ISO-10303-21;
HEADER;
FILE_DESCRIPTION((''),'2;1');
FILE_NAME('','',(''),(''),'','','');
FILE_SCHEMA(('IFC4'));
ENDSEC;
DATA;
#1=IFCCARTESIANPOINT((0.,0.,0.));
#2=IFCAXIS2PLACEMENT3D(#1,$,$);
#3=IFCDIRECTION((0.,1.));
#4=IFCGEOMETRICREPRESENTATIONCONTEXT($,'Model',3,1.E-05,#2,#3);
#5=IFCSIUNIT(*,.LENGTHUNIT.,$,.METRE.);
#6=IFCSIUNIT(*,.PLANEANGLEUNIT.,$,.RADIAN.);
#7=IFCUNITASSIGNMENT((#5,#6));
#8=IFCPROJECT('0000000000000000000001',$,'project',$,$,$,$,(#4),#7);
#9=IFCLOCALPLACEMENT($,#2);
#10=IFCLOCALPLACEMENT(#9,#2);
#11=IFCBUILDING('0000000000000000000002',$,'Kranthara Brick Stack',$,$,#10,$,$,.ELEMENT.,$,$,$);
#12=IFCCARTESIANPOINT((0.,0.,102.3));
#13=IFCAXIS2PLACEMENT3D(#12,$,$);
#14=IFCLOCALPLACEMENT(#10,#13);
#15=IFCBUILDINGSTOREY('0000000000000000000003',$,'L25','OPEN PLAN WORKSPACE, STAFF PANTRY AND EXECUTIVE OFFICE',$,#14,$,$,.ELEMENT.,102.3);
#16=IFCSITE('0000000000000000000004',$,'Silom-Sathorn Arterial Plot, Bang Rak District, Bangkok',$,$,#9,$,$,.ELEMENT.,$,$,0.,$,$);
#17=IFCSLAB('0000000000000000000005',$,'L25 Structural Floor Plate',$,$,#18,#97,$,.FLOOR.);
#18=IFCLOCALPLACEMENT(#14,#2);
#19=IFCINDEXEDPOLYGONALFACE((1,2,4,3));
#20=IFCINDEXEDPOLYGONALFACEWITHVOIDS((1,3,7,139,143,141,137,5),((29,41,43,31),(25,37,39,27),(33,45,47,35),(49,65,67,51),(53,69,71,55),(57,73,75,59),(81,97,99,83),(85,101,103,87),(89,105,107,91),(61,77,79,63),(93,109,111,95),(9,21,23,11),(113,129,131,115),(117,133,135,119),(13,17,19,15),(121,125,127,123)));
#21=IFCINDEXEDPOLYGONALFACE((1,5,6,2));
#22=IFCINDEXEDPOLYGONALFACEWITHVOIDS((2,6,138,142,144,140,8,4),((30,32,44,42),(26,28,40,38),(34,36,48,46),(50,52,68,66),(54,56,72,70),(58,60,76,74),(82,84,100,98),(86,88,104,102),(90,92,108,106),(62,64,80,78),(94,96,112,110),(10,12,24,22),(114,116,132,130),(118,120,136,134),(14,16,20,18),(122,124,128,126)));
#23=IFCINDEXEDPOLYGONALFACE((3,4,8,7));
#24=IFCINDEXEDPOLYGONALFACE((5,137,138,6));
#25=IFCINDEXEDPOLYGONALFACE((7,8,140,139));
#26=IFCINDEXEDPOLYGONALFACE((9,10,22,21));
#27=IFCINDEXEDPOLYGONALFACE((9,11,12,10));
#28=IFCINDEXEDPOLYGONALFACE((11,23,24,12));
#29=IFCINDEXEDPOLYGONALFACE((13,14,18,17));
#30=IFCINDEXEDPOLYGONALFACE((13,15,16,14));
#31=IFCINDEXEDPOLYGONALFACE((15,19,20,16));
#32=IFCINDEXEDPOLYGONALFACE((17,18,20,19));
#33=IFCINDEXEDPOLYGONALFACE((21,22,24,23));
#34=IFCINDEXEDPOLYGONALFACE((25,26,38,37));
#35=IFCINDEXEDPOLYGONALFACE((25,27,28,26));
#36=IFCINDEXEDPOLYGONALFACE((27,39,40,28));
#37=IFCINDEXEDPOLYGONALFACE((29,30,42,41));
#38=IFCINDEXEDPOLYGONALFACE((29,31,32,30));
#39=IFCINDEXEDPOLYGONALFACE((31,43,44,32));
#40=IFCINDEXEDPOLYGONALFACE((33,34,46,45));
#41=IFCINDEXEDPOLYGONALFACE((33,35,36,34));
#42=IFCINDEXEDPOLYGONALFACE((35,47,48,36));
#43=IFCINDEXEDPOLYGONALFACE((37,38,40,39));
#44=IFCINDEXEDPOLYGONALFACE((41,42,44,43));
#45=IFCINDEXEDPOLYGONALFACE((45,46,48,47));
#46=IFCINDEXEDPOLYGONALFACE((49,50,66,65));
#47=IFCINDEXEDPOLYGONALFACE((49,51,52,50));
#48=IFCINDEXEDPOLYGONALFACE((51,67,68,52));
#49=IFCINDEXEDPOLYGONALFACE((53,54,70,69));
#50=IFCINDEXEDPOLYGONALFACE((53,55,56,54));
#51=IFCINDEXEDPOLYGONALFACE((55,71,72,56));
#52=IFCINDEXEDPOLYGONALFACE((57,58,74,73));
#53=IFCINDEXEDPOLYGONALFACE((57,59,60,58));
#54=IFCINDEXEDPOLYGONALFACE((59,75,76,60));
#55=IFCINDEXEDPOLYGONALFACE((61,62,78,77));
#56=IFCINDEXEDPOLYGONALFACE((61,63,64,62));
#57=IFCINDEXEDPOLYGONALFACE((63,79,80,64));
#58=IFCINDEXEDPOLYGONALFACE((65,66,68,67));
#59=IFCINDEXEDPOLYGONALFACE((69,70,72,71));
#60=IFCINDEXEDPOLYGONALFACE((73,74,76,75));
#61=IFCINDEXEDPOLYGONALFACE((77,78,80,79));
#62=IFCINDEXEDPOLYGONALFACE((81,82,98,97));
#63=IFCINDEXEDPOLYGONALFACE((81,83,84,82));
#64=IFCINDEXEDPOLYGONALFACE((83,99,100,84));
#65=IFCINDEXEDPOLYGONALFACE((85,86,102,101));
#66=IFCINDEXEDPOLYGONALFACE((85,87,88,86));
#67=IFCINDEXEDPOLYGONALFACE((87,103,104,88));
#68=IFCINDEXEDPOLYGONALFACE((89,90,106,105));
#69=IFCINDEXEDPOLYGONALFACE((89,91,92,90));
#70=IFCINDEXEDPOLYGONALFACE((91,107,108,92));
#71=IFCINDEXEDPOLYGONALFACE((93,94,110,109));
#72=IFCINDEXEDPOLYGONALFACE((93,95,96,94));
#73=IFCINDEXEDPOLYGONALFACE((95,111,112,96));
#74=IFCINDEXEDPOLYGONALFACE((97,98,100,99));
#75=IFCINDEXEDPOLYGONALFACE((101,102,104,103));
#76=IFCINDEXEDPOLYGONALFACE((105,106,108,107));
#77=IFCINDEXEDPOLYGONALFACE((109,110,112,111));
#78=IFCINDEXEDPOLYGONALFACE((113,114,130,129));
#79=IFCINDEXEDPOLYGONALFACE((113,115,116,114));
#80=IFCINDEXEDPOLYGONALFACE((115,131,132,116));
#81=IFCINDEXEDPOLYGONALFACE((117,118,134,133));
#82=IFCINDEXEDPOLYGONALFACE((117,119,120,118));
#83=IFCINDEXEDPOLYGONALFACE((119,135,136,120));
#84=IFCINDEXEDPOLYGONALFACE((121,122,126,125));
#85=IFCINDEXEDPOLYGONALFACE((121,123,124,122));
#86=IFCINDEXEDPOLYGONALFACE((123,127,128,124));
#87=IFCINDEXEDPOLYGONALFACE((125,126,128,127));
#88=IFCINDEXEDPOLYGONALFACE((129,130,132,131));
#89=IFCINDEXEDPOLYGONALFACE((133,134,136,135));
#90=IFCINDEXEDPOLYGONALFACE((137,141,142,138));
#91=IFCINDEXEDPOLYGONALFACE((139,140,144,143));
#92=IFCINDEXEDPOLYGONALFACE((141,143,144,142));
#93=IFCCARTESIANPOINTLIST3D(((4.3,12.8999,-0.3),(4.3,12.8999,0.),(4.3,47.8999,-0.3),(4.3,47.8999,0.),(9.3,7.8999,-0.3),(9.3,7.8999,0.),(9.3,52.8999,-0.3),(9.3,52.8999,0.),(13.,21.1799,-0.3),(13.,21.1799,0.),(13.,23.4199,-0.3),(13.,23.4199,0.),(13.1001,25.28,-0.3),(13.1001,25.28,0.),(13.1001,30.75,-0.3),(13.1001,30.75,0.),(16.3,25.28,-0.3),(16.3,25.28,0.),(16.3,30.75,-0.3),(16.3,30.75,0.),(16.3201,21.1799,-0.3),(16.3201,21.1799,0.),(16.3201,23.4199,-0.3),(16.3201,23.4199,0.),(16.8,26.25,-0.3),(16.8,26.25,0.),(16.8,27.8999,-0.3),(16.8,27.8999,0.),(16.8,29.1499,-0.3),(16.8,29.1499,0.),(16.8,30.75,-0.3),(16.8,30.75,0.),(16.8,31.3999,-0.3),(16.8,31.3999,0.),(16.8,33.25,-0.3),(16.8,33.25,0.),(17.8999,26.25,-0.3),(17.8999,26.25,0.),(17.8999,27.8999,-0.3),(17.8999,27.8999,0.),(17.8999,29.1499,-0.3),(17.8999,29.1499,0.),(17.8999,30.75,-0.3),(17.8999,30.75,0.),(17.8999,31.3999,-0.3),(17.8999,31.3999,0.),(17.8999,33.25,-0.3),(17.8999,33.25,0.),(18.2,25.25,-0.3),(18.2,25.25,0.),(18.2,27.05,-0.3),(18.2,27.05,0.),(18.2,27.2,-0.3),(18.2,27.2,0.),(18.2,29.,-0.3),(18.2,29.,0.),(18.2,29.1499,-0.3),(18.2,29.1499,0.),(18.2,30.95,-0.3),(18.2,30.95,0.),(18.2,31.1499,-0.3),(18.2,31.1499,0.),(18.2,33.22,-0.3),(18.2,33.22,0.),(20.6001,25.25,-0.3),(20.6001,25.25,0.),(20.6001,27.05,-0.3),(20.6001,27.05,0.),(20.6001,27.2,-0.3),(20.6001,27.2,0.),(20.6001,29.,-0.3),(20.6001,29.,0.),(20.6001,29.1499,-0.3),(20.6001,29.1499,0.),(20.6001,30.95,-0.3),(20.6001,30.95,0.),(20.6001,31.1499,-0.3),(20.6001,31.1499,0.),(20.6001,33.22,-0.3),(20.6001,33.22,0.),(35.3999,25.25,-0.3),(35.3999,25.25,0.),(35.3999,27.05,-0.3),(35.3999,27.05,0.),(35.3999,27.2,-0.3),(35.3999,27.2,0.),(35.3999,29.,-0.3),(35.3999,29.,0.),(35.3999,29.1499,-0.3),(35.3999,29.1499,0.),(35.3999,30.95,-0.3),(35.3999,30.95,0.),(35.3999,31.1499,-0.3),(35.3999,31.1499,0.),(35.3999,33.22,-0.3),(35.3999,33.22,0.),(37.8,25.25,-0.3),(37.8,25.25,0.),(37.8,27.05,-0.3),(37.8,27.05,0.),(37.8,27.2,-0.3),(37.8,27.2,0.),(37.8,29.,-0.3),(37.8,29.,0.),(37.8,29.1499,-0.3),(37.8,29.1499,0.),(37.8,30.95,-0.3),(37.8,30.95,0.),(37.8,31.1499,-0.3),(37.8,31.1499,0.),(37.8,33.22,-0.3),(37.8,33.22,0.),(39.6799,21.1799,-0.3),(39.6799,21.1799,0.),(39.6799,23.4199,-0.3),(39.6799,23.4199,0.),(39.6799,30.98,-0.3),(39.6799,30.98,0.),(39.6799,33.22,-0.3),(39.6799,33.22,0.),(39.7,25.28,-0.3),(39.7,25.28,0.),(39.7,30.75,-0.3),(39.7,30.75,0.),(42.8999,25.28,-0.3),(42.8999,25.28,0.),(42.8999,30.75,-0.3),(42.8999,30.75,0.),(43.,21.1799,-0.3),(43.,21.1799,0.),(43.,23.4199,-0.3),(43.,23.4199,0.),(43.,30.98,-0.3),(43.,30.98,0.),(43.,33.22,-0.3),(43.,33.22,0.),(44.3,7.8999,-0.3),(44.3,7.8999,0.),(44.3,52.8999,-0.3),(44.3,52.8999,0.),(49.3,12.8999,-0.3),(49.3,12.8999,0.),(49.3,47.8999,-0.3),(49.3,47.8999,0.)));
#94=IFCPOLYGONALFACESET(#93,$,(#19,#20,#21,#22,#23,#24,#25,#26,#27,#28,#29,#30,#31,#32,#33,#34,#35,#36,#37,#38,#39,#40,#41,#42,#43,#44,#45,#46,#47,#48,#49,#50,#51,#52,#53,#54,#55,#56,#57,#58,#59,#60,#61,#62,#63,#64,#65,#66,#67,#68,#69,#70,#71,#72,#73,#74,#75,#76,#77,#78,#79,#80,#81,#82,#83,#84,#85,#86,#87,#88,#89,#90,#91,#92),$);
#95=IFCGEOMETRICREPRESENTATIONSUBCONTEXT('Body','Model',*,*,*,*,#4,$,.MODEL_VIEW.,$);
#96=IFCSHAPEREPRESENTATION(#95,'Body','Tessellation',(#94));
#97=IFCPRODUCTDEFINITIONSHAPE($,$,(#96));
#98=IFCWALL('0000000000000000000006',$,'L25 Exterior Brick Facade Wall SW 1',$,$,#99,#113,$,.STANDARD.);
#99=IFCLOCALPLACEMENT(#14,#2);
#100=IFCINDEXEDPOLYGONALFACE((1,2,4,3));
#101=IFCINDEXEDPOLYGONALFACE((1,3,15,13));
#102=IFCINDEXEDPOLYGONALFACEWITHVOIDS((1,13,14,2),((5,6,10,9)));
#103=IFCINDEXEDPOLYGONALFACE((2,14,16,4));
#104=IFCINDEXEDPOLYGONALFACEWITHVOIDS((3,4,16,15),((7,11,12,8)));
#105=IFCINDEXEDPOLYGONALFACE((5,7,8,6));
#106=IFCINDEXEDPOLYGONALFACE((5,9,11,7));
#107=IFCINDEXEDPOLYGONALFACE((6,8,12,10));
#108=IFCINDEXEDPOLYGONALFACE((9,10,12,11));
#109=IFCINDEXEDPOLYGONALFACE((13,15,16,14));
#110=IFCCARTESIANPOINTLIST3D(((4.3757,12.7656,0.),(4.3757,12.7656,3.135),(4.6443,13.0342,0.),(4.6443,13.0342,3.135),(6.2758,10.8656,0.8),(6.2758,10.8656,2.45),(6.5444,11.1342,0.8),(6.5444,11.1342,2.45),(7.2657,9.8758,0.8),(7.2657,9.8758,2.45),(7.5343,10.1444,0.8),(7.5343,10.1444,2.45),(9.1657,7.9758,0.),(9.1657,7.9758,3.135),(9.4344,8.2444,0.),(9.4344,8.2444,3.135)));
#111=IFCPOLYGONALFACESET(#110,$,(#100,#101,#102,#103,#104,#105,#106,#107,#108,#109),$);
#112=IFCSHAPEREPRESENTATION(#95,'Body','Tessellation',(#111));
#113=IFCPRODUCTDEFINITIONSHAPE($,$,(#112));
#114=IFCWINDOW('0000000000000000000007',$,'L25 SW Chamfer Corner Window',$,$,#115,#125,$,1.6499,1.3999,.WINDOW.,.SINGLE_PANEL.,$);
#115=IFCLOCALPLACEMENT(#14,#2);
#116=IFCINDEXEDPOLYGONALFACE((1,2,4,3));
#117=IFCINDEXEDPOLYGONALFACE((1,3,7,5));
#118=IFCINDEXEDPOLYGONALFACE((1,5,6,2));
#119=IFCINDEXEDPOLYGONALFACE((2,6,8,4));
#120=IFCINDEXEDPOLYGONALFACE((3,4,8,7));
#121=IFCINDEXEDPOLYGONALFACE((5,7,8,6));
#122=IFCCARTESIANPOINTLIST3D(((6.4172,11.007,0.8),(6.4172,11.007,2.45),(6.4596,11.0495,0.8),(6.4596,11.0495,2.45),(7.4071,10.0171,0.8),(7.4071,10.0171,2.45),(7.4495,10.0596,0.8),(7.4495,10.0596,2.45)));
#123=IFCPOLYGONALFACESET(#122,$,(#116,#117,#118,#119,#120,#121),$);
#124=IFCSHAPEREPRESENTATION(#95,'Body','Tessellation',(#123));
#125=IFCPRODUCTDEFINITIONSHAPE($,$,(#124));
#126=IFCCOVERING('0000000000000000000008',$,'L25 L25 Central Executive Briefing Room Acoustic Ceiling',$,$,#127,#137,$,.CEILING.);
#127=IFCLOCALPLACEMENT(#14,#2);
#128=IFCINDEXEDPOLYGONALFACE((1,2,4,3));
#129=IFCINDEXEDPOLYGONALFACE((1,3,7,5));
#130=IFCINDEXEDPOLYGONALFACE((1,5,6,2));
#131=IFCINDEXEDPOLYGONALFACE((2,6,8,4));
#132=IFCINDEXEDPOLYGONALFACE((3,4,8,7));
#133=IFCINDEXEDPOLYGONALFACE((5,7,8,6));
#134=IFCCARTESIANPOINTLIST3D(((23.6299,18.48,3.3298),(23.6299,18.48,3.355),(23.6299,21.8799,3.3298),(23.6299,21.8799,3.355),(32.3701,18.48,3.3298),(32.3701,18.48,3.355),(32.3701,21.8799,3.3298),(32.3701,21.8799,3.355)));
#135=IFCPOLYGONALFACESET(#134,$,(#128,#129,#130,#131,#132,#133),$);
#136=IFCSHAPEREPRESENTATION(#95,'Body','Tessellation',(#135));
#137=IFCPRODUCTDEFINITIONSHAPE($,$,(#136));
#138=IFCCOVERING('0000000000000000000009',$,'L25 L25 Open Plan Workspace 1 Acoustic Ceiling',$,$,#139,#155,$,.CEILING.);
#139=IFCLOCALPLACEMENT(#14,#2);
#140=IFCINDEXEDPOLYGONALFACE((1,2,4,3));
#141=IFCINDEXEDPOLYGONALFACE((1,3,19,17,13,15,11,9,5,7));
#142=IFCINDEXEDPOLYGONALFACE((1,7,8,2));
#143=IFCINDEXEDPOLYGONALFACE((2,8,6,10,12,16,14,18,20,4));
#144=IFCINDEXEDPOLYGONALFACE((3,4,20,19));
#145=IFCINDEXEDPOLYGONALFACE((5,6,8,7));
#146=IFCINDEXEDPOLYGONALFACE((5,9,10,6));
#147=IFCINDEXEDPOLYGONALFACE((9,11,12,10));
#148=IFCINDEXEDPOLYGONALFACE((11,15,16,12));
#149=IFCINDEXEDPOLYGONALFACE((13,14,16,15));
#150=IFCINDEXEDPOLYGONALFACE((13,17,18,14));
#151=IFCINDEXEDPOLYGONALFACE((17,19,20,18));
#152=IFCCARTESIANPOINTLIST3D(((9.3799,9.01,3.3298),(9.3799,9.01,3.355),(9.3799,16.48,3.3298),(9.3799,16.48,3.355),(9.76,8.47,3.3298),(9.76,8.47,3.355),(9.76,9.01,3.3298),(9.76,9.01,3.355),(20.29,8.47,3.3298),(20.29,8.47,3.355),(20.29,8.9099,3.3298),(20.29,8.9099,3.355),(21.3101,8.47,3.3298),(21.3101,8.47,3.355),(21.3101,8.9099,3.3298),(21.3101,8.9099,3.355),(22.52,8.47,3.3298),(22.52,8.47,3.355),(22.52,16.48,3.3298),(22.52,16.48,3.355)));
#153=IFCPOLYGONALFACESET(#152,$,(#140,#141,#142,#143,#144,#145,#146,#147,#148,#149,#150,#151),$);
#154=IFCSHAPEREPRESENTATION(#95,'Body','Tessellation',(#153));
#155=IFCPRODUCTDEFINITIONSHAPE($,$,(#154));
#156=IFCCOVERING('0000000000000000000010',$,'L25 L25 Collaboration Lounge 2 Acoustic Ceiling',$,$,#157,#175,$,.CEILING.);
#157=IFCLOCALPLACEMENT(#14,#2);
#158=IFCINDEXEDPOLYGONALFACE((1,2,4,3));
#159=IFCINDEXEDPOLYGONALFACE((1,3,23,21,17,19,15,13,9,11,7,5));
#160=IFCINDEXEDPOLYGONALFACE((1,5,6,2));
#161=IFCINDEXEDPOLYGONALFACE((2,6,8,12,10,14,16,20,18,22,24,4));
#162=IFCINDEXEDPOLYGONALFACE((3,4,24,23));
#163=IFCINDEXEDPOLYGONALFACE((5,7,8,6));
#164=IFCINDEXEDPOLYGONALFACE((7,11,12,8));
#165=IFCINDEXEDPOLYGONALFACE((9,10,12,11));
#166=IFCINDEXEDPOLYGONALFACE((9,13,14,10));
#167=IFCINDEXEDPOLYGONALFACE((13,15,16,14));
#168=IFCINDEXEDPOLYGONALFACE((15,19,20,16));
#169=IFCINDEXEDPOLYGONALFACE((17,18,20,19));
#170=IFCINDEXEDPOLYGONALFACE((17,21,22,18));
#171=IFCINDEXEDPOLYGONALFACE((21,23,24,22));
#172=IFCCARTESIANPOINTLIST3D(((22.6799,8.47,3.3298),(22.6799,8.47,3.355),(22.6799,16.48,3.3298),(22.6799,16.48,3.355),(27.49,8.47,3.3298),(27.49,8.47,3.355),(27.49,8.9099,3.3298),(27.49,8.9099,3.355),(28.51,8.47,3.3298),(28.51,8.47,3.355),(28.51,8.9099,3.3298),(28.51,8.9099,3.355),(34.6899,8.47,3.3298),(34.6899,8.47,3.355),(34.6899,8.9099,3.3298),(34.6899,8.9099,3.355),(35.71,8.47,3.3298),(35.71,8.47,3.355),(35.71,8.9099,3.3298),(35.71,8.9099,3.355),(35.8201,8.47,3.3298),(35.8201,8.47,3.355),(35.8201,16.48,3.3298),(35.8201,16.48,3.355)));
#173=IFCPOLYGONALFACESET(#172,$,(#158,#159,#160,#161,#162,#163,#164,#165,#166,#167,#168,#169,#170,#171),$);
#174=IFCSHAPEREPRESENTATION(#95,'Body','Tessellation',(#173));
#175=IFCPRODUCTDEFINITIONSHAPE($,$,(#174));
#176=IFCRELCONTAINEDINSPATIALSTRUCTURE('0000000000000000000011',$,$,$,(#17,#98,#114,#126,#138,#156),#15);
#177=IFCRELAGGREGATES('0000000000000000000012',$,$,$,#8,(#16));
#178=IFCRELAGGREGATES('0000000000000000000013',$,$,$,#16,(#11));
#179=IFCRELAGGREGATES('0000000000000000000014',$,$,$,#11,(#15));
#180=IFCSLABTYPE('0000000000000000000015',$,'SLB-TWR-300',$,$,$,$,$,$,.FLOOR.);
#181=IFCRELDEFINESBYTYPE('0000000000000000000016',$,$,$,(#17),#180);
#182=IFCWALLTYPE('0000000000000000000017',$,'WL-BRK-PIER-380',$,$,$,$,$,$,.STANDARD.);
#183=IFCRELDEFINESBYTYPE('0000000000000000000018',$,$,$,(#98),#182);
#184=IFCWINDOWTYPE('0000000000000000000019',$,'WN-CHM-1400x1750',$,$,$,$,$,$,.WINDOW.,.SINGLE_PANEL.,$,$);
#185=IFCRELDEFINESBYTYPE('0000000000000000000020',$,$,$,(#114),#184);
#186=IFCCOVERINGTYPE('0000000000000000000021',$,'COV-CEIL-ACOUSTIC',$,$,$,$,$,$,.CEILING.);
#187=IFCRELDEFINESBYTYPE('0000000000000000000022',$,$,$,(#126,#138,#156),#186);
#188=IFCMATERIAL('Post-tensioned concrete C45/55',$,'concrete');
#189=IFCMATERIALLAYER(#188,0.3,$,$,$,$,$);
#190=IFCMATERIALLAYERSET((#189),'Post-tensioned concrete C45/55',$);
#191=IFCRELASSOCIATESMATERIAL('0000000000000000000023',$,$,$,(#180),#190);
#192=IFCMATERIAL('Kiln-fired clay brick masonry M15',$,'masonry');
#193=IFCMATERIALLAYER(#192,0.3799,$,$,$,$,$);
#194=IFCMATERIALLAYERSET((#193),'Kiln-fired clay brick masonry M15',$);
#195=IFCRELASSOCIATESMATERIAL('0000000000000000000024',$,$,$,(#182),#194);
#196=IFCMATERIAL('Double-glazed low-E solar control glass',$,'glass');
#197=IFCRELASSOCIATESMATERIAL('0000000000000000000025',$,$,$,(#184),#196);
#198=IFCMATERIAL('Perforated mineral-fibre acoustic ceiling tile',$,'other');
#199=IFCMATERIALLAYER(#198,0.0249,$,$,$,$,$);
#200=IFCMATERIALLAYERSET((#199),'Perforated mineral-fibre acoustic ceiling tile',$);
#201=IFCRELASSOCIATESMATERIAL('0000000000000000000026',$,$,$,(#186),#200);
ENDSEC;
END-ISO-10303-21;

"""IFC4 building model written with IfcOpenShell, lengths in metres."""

from ifc_helpers import new_model, si_unit, direction, frame, frame_2d, origin, place, context, subcontext, project, spatial, polyline, rectangle, outline, extrude, material, layer, layer_set, type_object, element, fill, save


model = new_model("IFC4")

# Units and contexts
model_context = context("Model", 3, precision=1e-05, world=origin(), true_north=direction((0.0, 1.0)))
body_context = subcontext(model_context, "Body", "Model", "MODEL_VIEW")
ifc_project = project(units=[si_unit("LENGTHUNIT", "METRE"), si_unit("PLANEANGLEUNIT", "RADIAN")], contexts=[model_context])

# Site, building, storey
site_placement = place(None, origin())
site = spatial("IfcSite", under=ifc_project, at=site_placement, Name="Silom-Sathorn Arterial Plot, Bang Rak District, Bangkok", CompositionType="ELEMENT", RefElevation=0.0)
building_placement = place(site_placement, origin())
building = spatial("IfcBuilding", under=site, at=building_placement, Name="Kranthara Brick Stack", CompositionType="ELEMENT")
storey_placement = place(building_placement, frame((0.0, 0.0, 102.3)))
storey = spatial("IfcBuildingStorey", under=building, at=storey_placement, Name="L25", Description="OPEN PLAN WORKSPACE, STAFF PANTRY AND EXECUTIVE OFFICE", CompositionType="ELEMENT", Elevation=102.3)

# Slab
ifc_material_1 = material(Name="Post-tensioned concrete C45/55", Category="concrete")
ifc_layer_1 = layer(ifc_material_1, 0.3)
ifc_layer_set_1 = layer_set([ifc_layer_1], Name="Post-tensioned concrete C45/55")
slab_type_1 = type_object("IfcSlabType", Name="SLB-TWR-300", PredefinedType="FLOOR", material=ifc_layer_set_1)
slab_1_placement = place(storey_placement, frame((0.0, 0.0, -0.3)))
element("IfcSlab", 1, at=slab_1_placement, inside=storey, type_object=slab_type_1, Name="L25 Structural Floor Plate", PredefinedType="FLOOR", context=body_context, shape_type="SweptSolid", body=[
    extrude(outline(polyline([(9.3, 7.8999), (44.3, 7.8999), (49.3, 12.8999), (49.3, 47.8999), (44.3, 52.8999), (9.3, 52.8999), (4.3, 47.8999), (4.3, 12.8999), (9.3, 7.8999)]), holes=[polyline([(13.1001, 25.28), (16.3, 25.28), (16.3, 30.75), (13.1001, 30.75), (13.1001, 25.28)]), polyline([(39.7, 25.28), (42.8999, 25.28), (42.8999, 30.75), (39.7, 30.75), (39.7, 25.28)]), polyline([(13.0, 21.1799), (16.3201, 21.1799), (16.3201, 23.4199), (13.0, 23.4199), (13.0, 21.1799)]), polyline([(39.6799, 21.1799), (43.0, 21.1799), (43.0, 23.4199), (39.6799, 23.4199), (39.6799, 21.1799)]), polyline([(39.6799, 30.98), (43.0, 30.98), (43.0, 33.22), (39.6799, 33.22), (39.6799, 30.98)]), polyline([(18.2, 25.25), (20.6001, 25.25), (20.6001, 27.05), (18.2, 27.05), (18.2, 25.25)]), polyline([(18.2, 27.2), (20.6001, 27.2), (20.6001, 29.0), (18.2, 29.0), (18.2, 27.2)]), polyline([(18.2, 29.1499), (20.6001, 29.1499), (20.6001, 30.95), (18.2, 30.95), (18.2, 29.1499)]), polyline([(35.3999, 25.25), (37.8, 25.25), (37.8, 27.05), (35.3999, 27.05), (35.3999, 25.25)]), polyline([(35.3999, 27.2), (37.8, 27.2), (37.8, 29.0), (35.3999, 29.0), (35.3999, 27.2)]), polyline([(35.3999, 29.1499), (37.8, 29.1499), (37.8, 30.95), (35.3999, 30.95), (35.3999, 29.1499)]), polyline([(18.2, 31.1499), (20.6001, 31.1499), (20.6001, 33.22), (18.2, 33.22), (18.2, 31.1499)]), polyline([(35.3999, 31.1499), (37.8, 31.1499), (37.8, 33.22), (35.3999, 33.22), (35.3999, 31.1499)]), polyline([(16.8, 26.25), (17.8999, 26.25), (17.8999, 27.8999), (16.8, 27.8999), (16.8, 26.25)]), polyline([(16.8, 29.1499), (17.8999, 29.1499), (17.8999, 30.75), (16.8, 30.75), (16.8, 29.1499)]), polyline([(16.8, 31.3999), (17.8999, 31.3999), (17.8999, 33.25), (16.8, 33.25), (16.8, 31.3999)])]), origin(), (0.0, 0.0, 1.0), 0.3),
])

# Wall, opening, window
ifc_material_2 = material(Name="Kiln-fired clay brick masonry M15", Category="masonry")
ifc_layer_2 = layer(ifc_material_2, 0.3799)
ifc_layer_set_2 = layer_set([ifc_layer_2], Name="Kiln-fired clay brick masonry M15")
wall_type = type_object("IfcWallType", Name="WL-BRK-PIER-380", PredefinedType="STANDARD", material=ifc_layer_set_2)
wall_placement = place(storey_placement, frame((9.3, 8.1101, 0.0), z_axis=(0.0, 0.0, 1.0), x_axis=(-0.707125, 0.707089, 0.0)))
wall = element("IfcWall", 2, at=wall_placement, inside=storey, type_object=wall_type, Name="L25 Exterior Brick Facade Wall SW 1", PredefinedType="STANDARD", context=body_context, shape_type="SweptSolid", body=[
    extrude(rectangle(XDim=6.7739, YDim=0.3799, at=frame_2d((3.387, 0.0))), origin(), (0.0, 0.0, 1.0), 3.135),
])
opening_placement = place(wall_placement, frame((2.687, 0.0, 0.8)))
opening = element("IfcOpeningElement", 3, at=opening_placement, cuts=wall, PredefinedType="OPENING", context=body_context, shape_type="SweptSolid", body=[
    extrude(rectangle(XDim=1.3999, YDim=1.6499, at=frame_2d((0.7, 0.825))), frame((0.0, 0.2, 0.0), z_axis=(0.0, -1.0, 0.0), x_axis=(1.0, 0.0, 0.0)), (0.0, 0.0, 1.0), 0.3999),
])
ifc_material_3 = material(Name="Double-glazed low-E solar control glass", Category="glass")
window_type = type_object("IfcWindowType", Name="WN-CHM-1400x1750", PartitioningType="SINGLE_PANEL", PredefinedType="WINDOW", material=ifc_material_3)
window_placement = place(opening_placement, origin())
window = element("IfcWindow", 4, at=window_placement, inside=storey, type_object=window_type, Name="L25 SW Chamfer Corner Window", OverallHeight=1.6499, OverallWidth=1.3999, PartitioningType="SINGLE_PANEL", PredefinedType="WINDOW", context=body_context, shape_type="SweptSolid", body=[
    extrude(rectangle(XDim=1.3999, YDim=1.6499, at=frame_2d((0.7, 0.825))), frame((0.0, -0.01, 0.0), z_axis=(0.0, -1.0, 0.0), x_axis=(1.0, 0.0, 0.0)), (0.0, 0.0, 1.0), 0.0601),
])
fill(opening, window)

# Coverings
ifc_material_4 = material(Name="Perforated mineral-fibre acoustic ceiling tile", Category="other")
ifc_layer_3 = layer(ifc_material_4, 0.0249)
ifc_layer_set_3 = layer_set([ifc_layer_3], Name="Perforated mineral-fibre acoustic ceiling tile")
covering_type_1 = type_object("IfcCoveringType", Name="COV-CEIL-ACOUSTIC", PredefinedType="CEILING", material=ifc_layer_set_3)
covering_1_placement = place(storey_placement, frame((0.0, 0.0, 3.3298)))
element("IfcCovering", 5, at=covering_1_placement, inside=storey, type_object=covering_type_1, Name="L25 L25 Central Executive Briefing Room Acoustic Ceiling", PredefinedType="CEILING", context=body_context, shape_type="SweptSolid", body=[
    extrude(outline(polyline([(32.3701, 18.48), (32.3701, 21.8799), (23.6299, 21.8799), (23.6299, 18.48), (32.3701, 18.48)])), origin(), (0.0, 0.0, 1.0), 0.0251),
])
covering_2_placement = place(storey_placement, frame((0.0, 0.0, 3.3298)))
element("IfcCovering", 6, at=covering_2_placement, inside=storey, type_object=covering_type_1, Name="L25 L25 Open Plan Workspace 1 Acoustic Ceiling", PredefinedType="CEILING", context=body_context, shape_type="SweptSolid", body=[
    extrude(outline(polyline([(22.52, 16.48), (22.52, 8.47), (21.3101, 8.47), (21.3101, 8.9099), (20.29, 8.9099), (20.29, 8.47), (9.76, 8.47), (9.76, 9.01), (9.3799, 9.01), (9.3799, 16.48), (22.52, 16.48)])), origin(), (0.0, 0.0, 1.0), 0.0251),
])
covering_3_placement = place(storey_placement, frame((0.0, 0.0, 3.3298)))
element("IfcCovering", 7, at=covering_3_placement, inside=storey, type_object=covering_type_1, Name="L25 L25 Collaboration Lounge 2 Acoustic Ceiling", PredefinedType="CEILING", context=body_context, shape_type="SweptSolid", body=[
    extrude(outline(polyline([(22.6799, 16.48), (35.8201, 16.48), (35.8201, 8.47), (35.71, 8.47), (35.71, 8.9099), (34.6899, 8.9099), (34.6899, 8.47), (28.51, 8.47), (28.51, 8.9099), (27.49, 8.9099), (27.49, 8.47), (22.6799, 8.47), (22.6799, 16.48)])), origin(), (0.0, 0.0, 1.0), 0.0251),
])

save(model, "model.ifc")
